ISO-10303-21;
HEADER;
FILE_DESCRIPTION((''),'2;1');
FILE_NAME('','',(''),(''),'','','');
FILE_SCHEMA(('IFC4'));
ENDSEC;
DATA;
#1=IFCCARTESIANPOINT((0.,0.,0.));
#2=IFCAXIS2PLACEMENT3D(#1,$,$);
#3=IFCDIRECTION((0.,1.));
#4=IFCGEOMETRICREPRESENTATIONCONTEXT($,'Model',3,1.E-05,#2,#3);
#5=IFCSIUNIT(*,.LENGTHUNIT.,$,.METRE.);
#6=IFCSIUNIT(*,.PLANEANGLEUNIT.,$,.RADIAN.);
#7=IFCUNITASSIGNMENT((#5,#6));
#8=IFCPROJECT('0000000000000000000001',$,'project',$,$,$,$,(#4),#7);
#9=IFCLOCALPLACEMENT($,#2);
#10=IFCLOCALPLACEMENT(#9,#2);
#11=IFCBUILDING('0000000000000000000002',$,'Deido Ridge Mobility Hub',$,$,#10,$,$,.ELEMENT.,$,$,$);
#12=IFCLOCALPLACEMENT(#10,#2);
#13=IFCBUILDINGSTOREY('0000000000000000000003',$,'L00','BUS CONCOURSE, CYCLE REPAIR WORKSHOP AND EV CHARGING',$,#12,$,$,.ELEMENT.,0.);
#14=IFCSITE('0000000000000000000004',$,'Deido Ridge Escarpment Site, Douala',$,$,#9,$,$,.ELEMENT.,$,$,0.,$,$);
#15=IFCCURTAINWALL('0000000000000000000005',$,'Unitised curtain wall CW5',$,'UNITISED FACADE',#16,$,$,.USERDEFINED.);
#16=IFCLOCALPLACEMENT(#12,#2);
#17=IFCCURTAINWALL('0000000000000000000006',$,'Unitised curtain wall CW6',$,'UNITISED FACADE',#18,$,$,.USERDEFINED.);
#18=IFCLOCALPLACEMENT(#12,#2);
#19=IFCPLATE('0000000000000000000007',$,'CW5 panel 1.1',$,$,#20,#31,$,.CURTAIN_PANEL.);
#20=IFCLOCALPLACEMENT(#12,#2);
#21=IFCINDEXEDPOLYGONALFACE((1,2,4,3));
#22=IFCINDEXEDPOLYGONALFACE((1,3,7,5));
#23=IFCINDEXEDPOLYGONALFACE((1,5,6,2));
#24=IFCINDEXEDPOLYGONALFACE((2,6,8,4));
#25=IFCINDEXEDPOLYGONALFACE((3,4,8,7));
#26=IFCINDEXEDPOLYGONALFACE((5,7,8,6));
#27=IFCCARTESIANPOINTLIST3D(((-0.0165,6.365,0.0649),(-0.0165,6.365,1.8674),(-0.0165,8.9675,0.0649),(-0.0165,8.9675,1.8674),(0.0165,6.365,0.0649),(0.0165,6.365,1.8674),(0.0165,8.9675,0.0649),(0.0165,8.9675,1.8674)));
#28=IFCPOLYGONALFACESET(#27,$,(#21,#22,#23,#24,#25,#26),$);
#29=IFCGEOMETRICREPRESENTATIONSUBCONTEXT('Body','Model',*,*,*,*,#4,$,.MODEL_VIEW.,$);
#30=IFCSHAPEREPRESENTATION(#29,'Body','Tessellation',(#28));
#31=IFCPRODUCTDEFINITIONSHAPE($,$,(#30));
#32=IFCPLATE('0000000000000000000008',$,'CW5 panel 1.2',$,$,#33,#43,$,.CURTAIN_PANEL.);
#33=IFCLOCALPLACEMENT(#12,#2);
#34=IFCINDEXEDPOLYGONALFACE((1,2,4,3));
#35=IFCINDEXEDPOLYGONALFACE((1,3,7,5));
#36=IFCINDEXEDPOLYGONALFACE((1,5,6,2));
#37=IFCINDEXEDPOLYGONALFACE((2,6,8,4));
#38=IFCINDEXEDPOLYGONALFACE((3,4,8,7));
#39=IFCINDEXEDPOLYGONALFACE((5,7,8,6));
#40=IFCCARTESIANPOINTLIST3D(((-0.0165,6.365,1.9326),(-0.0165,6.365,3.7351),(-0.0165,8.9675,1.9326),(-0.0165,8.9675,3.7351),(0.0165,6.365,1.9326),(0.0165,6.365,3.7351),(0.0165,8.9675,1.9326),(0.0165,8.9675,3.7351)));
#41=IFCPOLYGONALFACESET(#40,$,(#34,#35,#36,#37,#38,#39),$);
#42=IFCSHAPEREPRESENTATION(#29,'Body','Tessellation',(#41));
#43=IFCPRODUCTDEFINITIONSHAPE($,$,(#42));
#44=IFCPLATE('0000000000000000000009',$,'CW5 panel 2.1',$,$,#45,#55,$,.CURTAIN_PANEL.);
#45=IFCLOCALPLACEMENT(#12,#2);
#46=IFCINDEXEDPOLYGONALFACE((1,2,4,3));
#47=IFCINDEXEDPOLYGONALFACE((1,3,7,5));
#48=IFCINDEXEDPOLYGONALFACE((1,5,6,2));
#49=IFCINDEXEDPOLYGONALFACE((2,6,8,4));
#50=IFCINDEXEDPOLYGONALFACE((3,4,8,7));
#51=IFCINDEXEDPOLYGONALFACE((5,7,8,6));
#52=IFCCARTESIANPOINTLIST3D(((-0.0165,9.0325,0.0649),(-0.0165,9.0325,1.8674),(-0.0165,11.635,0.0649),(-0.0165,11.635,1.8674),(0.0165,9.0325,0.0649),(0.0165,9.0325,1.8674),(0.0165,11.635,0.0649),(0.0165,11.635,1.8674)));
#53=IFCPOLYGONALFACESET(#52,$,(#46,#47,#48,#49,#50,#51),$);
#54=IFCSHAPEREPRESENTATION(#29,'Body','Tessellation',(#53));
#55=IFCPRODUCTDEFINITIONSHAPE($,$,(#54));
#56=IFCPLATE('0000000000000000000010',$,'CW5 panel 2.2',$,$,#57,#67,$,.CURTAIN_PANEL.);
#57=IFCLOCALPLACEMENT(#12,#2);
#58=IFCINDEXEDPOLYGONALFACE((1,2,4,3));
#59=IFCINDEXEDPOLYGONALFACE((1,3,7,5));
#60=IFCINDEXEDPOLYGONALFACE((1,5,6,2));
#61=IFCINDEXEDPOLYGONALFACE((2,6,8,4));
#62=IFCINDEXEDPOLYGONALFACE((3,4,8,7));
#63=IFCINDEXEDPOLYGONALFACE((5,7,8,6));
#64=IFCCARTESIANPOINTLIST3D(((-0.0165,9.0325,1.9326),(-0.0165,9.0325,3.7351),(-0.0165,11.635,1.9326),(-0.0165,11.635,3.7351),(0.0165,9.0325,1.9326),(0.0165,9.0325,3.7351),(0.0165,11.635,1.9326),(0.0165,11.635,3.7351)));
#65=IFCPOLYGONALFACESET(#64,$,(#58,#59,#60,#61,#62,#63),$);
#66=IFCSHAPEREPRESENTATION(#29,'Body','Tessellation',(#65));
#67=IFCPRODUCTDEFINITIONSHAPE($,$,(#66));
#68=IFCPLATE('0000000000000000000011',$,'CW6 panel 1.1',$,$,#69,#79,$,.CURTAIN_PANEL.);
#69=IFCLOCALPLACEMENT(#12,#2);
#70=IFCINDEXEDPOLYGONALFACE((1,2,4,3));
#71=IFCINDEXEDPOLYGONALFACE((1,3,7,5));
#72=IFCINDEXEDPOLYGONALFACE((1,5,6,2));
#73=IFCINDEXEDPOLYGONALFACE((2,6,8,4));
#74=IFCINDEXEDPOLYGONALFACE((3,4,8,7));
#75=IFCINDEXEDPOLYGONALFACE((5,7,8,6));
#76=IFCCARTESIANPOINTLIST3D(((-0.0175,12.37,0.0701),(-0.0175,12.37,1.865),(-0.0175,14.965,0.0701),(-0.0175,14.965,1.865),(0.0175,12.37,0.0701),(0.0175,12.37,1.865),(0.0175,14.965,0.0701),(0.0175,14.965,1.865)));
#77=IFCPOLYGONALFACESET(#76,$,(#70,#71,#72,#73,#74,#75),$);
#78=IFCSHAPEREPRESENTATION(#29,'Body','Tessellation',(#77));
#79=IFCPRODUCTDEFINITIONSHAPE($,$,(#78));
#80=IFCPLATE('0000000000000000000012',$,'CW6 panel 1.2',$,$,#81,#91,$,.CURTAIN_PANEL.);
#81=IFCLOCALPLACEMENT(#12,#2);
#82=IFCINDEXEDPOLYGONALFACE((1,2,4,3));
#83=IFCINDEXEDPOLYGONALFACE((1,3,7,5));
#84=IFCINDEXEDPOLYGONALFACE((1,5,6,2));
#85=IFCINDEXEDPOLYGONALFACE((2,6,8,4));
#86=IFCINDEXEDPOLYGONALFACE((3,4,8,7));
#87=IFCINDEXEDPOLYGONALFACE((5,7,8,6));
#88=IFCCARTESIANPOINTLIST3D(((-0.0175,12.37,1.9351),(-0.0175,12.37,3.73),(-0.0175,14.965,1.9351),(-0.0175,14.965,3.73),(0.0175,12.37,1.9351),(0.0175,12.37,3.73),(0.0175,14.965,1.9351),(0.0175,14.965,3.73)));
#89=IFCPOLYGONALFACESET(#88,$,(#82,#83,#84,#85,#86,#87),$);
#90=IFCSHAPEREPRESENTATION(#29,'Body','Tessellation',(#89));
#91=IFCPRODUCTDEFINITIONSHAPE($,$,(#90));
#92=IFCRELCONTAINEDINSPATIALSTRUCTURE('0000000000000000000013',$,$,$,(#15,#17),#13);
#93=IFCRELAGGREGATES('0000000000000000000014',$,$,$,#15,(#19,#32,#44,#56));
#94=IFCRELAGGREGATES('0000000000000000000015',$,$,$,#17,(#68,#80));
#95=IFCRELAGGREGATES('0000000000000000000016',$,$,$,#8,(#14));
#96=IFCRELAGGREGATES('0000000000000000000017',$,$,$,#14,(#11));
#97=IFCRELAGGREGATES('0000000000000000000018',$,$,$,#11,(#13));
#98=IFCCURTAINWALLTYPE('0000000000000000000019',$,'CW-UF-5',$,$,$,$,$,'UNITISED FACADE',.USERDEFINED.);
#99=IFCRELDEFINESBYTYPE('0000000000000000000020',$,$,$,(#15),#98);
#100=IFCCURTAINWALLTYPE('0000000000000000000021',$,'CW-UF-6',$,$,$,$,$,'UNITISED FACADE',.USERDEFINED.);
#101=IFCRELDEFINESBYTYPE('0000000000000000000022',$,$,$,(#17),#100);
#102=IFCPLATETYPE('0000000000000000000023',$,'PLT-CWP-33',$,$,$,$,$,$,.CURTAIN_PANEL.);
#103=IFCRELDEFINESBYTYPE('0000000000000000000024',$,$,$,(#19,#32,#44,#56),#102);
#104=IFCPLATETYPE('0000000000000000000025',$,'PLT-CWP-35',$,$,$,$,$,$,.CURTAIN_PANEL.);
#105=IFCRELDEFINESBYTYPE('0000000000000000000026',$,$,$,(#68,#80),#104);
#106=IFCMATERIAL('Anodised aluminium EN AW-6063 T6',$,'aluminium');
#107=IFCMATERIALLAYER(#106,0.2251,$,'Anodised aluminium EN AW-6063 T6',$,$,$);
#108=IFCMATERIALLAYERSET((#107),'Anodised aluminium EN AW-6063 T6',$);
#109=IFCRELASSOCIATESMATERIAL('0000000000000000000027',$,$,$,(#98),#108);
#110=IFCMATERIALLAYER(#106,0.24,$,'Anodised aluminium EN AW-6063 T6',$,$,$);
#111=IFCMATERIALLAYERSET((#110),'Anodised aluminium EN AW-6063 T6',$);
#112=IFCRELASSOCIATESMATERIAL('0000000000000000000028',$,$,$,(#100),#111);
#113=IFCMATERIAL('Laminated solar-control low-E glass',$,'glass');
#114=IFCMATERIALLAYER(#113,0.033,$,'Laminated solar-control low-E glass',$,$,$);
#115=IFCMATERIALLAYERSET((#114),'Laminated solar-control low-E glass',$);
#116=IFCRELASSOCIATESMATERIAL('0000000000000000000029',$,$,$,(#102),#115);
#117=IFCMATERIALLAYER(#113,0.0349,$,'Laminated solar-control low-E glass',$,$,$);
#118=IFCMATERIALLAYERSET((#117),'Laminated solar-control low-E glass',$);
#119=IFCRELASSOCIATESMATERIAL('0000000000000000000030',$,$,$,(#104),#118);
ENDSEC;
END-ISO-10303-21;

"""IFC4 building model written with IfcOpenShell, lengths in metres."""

from ifc_helpers import new_model, si_unit, direction, frame, origin, origin_2d, place, context, subcontext, project, spatial, rectangle, extrude, material, layer, layer_set, type_object, element, aggregate, save


model = new_model("IFC4")

# Units and contexts
model_context = context("Model", 3, precision=1e-05, world=origin(), true_north=direction((0.0, 1.0)))
body_context = subcontext(model_context, "Body", "Model", "MODEL_VIEW")
ifc_project = project(units=[si_unit("LENGTHUNIT", "METRE"), si_unit("PLANEANGLEUNIT", "RADIAN")], contexts=[model_context])

# Site, building, storey
site_placement = place(None, origin())
site = spatial("IfcSite", under=ifc_project, at=site_placement, Name="Deido Ridge Escarpment Site, Douala", CompositionType="ELEMENT", RefElevation=0.0)
building_placement = place(site_placement, origin())
building = spatial("IfcBuilding", under=site, at=building_placement, Name="Deido Ridge Mobility Hub", CompositionType="ELEMENT")
storey_placement = place(building_placement, origin())
storey = spatial("IfcBuildingStorey", under=building, at=storey_placement, Name="L00", Description="BUS CONCOURSE, CYCLE REPAIR WORKSHOP AND EV CHARGING", CompositionType="ELEMENT", Elevation=0.0)

# Curtain walls
ifc_material_1 = material(Name="Anodised aluminium EN AW-6063 T6", Category="aluminium")
ifc_layer_1 = layer(ifc_material_1, 0.2251, Name="Anodised aluminium EN AW-6063 T6")
ifc_layer_set_1 = layer_set([ifc_layer_1], Name="Anodised aluminium EN AW-6063 T6")
curtain_wall_type_1 = type_object("IfcCurtainWallType", Name="CW-UF-5", ElementType="UNITISED FACADE", PredefinedType="USERDEFINED", material=ifc_layer_set_1)
curtain_wall_1_placement = place(storey_placement, origin())
curtain_wall_1 = element("IfcCurtainWall", 1, at=curtain_wall_1_placement, inside=storey, type_object=curtain_wall_type_1, Name="Unitised curtain wall CW5", ObjectType="UNITISED FACADE", PredefinedType="USERDEFINED")
ifc_layer_2 = layer(ifc_material_1, 0.24, Name="Anodised aluminium EN AW-6063 T6")
ifc_layer_set_2 = layer_set([ifc_layer_2], Name="Anodised aluminium EN AW-6063 T6")
curtain_wall_type_2 = type_object("IfcCurtainWallType", Name="CW-UF-6", ElementType="UNITISED FACADE", PredefinedType="USERDEFINED", material=ifc_layer_set_2)
curtain_wall_2_placement = place(storey_placement, origin())
curtain_wall_2 = element("IfcCurtainWall", 2, at=curtain_wall_2_placement, inside=storey, type_object=curtain_wall_type_2, Name="Unitised curtain wall CW6", ObjectType="UNITISED FACADE", PredefinedType="USERDEFINED")

# Plates
ifc_material_2 = material(Name="Laminated solar-control low-E glass", Category="glass")
ifc_layer_3 = layer(ifc_material_2, 0.033, Name="Laminated solar-control low-E glass")
ifc_layer_set_3 = layer_set([ifc_layer_3], Name="Laminated solar-control low-E glass")
plate_type_1 = type_object("IfcPlateType", Name="PLT-CWP-33", PredefinedType="CURTAIN_PANEL", material=ifc_layer_set_3)
plate_1_placement = place(storey_placement, frame((0.0, 7.6663, 0.0649), z_axis=(0.0, 0.0, 1.0), x_axis=(0.0, 1.0, 0.0)))
plate_1 = element("IfcPlate", 3, at=plate_1_placement, type_object=plate_type_1, Name="CW5 panel 1.1", PredefinedType="CURTAIN_PANEL", context=body_context, shape_type="SweptSolid", body=[
    extrude(rectangle(XDim=2.6025, YDim=0.033, at=origin_2d()), origin(), (0.0, 0.0, 1.0), 1.8025),
])
plate_2_placement = place(storey_placement, frame((0.0, 7.6663, 1.9326), z_axis=(0.0, 0.0, 1.0), x_axis=(0.0, 1.0, 0.0)))
plate_2 = element("IfcPlate", 4, at=plate_2_placement, type_object=plate_type_1, Name="CW5 panel 1.2", PredefinedType="CURTAIN_PANEL", context=body_context, shape_type="SweptSolid", body=[
    extrude(rectangle(XDim=2.6025, YDim=0.033, at=origin_2d()), origin(), (0.0, 0.0, 1.0), 1.8025),
])
plate_3_placement = place(storey_placement, frame((0.0, 10.3337, 0.0649), z_axis=(0.0, 0.0, 1.0), x_axis=(0.0, 1.0, 0.0)))
plate_3 = element("IfcPlate", 5, at=plate_3_placement, type_object=plate_type_1, Name="CW5 panel 2.1", PredefinedType="CURTAIN_PANEL", context=body_context, shape_type="SweptSolid", body=[
    extrude(rectangle(XDim=2.6025, YDim=0.033, at=origin_2d()), origin(), (0.0, 0.0, 1.0), 1.8025),
])
plate_4_placement = place(storey_placement, frame((0.0, 10.3337, 1.9326), z_axis=(0.0, 0.0, 1.0), x_axis=(0.0, 1.0, 0.0)))
plate_4 = element("IfcPlate", 6, at=plate_4_placement, type_object=plate_type_1, Name="CW5 panel 2.2", PredefinedType="CURTAIN_PANEL", context=body_context, shape_type="SweptSolid", body=[
    extrude(rectangle(XDim=2.6025, YDim=0.033, at=origin_2d()), origin(), (0.0, 0.0, 1.0), 1.8025),
])
aggregate(curtain_wall_1, [plate_1, plate_2, plate_3, plate_4])
ifc_layer_4 = layer(ifc_material_2, 0.0349, Name="Laminated solar-control low-E glass")
ifc_layer_set_4 = layer_set([ifc_layer_4], Name="Laminated solar-control low-E glass")
plate_type_2 = type_object("IfcPlateType", Name="PLT-CWP-35", PredefinedType="CURTAIN_PANEL", material=ifc_layer_set_4)
plate_5_placement = place(storey_placement, frame((0.0, 13.6675, 0.0701), z_axis=(0.0, 0.0, 1.0), x_axis=(0.0, 1.0, 0.0)))
plate_5 = element("IfcPlate", 7, at=plate_5_placement, type_object=plate_type_2, Name="CW6 panel 1.1", PredefinedType="CURTAIN_PANEL", context=body_context, shape_type="SweptSolid", body=[
    extrude(rectangle(XDim=2.595, YDim=0.0349, at=origin_2d()), origin(), (0.0, 0.0, 1.0), 1.7949),
])
plate_6_placement = place(storey_placement, frame((0.0, 13.6675, 1.9351), z_axis=(0.0, 0.0, 1.0), x_axis=(0.0, 1.0, 0.0)))
plate_6 = element("IfcPlate", 8, at=plate_6_placement, type_object=plate_type_2, Name="CW6 panel 1.2", PredefinedType="CURTAIN_PANEL", context=body_context, shape_type="SweptSolid", body=[
    extrude(rectangle(XDim=2.595, YDim=0.0349, at=origin_2d()), origin(), (0.0, 0.0, 1.0), 1.7949),
])
aggregate(curtain_wall_2, [plate_5, plate_6])

save(model, "model.ifc")
